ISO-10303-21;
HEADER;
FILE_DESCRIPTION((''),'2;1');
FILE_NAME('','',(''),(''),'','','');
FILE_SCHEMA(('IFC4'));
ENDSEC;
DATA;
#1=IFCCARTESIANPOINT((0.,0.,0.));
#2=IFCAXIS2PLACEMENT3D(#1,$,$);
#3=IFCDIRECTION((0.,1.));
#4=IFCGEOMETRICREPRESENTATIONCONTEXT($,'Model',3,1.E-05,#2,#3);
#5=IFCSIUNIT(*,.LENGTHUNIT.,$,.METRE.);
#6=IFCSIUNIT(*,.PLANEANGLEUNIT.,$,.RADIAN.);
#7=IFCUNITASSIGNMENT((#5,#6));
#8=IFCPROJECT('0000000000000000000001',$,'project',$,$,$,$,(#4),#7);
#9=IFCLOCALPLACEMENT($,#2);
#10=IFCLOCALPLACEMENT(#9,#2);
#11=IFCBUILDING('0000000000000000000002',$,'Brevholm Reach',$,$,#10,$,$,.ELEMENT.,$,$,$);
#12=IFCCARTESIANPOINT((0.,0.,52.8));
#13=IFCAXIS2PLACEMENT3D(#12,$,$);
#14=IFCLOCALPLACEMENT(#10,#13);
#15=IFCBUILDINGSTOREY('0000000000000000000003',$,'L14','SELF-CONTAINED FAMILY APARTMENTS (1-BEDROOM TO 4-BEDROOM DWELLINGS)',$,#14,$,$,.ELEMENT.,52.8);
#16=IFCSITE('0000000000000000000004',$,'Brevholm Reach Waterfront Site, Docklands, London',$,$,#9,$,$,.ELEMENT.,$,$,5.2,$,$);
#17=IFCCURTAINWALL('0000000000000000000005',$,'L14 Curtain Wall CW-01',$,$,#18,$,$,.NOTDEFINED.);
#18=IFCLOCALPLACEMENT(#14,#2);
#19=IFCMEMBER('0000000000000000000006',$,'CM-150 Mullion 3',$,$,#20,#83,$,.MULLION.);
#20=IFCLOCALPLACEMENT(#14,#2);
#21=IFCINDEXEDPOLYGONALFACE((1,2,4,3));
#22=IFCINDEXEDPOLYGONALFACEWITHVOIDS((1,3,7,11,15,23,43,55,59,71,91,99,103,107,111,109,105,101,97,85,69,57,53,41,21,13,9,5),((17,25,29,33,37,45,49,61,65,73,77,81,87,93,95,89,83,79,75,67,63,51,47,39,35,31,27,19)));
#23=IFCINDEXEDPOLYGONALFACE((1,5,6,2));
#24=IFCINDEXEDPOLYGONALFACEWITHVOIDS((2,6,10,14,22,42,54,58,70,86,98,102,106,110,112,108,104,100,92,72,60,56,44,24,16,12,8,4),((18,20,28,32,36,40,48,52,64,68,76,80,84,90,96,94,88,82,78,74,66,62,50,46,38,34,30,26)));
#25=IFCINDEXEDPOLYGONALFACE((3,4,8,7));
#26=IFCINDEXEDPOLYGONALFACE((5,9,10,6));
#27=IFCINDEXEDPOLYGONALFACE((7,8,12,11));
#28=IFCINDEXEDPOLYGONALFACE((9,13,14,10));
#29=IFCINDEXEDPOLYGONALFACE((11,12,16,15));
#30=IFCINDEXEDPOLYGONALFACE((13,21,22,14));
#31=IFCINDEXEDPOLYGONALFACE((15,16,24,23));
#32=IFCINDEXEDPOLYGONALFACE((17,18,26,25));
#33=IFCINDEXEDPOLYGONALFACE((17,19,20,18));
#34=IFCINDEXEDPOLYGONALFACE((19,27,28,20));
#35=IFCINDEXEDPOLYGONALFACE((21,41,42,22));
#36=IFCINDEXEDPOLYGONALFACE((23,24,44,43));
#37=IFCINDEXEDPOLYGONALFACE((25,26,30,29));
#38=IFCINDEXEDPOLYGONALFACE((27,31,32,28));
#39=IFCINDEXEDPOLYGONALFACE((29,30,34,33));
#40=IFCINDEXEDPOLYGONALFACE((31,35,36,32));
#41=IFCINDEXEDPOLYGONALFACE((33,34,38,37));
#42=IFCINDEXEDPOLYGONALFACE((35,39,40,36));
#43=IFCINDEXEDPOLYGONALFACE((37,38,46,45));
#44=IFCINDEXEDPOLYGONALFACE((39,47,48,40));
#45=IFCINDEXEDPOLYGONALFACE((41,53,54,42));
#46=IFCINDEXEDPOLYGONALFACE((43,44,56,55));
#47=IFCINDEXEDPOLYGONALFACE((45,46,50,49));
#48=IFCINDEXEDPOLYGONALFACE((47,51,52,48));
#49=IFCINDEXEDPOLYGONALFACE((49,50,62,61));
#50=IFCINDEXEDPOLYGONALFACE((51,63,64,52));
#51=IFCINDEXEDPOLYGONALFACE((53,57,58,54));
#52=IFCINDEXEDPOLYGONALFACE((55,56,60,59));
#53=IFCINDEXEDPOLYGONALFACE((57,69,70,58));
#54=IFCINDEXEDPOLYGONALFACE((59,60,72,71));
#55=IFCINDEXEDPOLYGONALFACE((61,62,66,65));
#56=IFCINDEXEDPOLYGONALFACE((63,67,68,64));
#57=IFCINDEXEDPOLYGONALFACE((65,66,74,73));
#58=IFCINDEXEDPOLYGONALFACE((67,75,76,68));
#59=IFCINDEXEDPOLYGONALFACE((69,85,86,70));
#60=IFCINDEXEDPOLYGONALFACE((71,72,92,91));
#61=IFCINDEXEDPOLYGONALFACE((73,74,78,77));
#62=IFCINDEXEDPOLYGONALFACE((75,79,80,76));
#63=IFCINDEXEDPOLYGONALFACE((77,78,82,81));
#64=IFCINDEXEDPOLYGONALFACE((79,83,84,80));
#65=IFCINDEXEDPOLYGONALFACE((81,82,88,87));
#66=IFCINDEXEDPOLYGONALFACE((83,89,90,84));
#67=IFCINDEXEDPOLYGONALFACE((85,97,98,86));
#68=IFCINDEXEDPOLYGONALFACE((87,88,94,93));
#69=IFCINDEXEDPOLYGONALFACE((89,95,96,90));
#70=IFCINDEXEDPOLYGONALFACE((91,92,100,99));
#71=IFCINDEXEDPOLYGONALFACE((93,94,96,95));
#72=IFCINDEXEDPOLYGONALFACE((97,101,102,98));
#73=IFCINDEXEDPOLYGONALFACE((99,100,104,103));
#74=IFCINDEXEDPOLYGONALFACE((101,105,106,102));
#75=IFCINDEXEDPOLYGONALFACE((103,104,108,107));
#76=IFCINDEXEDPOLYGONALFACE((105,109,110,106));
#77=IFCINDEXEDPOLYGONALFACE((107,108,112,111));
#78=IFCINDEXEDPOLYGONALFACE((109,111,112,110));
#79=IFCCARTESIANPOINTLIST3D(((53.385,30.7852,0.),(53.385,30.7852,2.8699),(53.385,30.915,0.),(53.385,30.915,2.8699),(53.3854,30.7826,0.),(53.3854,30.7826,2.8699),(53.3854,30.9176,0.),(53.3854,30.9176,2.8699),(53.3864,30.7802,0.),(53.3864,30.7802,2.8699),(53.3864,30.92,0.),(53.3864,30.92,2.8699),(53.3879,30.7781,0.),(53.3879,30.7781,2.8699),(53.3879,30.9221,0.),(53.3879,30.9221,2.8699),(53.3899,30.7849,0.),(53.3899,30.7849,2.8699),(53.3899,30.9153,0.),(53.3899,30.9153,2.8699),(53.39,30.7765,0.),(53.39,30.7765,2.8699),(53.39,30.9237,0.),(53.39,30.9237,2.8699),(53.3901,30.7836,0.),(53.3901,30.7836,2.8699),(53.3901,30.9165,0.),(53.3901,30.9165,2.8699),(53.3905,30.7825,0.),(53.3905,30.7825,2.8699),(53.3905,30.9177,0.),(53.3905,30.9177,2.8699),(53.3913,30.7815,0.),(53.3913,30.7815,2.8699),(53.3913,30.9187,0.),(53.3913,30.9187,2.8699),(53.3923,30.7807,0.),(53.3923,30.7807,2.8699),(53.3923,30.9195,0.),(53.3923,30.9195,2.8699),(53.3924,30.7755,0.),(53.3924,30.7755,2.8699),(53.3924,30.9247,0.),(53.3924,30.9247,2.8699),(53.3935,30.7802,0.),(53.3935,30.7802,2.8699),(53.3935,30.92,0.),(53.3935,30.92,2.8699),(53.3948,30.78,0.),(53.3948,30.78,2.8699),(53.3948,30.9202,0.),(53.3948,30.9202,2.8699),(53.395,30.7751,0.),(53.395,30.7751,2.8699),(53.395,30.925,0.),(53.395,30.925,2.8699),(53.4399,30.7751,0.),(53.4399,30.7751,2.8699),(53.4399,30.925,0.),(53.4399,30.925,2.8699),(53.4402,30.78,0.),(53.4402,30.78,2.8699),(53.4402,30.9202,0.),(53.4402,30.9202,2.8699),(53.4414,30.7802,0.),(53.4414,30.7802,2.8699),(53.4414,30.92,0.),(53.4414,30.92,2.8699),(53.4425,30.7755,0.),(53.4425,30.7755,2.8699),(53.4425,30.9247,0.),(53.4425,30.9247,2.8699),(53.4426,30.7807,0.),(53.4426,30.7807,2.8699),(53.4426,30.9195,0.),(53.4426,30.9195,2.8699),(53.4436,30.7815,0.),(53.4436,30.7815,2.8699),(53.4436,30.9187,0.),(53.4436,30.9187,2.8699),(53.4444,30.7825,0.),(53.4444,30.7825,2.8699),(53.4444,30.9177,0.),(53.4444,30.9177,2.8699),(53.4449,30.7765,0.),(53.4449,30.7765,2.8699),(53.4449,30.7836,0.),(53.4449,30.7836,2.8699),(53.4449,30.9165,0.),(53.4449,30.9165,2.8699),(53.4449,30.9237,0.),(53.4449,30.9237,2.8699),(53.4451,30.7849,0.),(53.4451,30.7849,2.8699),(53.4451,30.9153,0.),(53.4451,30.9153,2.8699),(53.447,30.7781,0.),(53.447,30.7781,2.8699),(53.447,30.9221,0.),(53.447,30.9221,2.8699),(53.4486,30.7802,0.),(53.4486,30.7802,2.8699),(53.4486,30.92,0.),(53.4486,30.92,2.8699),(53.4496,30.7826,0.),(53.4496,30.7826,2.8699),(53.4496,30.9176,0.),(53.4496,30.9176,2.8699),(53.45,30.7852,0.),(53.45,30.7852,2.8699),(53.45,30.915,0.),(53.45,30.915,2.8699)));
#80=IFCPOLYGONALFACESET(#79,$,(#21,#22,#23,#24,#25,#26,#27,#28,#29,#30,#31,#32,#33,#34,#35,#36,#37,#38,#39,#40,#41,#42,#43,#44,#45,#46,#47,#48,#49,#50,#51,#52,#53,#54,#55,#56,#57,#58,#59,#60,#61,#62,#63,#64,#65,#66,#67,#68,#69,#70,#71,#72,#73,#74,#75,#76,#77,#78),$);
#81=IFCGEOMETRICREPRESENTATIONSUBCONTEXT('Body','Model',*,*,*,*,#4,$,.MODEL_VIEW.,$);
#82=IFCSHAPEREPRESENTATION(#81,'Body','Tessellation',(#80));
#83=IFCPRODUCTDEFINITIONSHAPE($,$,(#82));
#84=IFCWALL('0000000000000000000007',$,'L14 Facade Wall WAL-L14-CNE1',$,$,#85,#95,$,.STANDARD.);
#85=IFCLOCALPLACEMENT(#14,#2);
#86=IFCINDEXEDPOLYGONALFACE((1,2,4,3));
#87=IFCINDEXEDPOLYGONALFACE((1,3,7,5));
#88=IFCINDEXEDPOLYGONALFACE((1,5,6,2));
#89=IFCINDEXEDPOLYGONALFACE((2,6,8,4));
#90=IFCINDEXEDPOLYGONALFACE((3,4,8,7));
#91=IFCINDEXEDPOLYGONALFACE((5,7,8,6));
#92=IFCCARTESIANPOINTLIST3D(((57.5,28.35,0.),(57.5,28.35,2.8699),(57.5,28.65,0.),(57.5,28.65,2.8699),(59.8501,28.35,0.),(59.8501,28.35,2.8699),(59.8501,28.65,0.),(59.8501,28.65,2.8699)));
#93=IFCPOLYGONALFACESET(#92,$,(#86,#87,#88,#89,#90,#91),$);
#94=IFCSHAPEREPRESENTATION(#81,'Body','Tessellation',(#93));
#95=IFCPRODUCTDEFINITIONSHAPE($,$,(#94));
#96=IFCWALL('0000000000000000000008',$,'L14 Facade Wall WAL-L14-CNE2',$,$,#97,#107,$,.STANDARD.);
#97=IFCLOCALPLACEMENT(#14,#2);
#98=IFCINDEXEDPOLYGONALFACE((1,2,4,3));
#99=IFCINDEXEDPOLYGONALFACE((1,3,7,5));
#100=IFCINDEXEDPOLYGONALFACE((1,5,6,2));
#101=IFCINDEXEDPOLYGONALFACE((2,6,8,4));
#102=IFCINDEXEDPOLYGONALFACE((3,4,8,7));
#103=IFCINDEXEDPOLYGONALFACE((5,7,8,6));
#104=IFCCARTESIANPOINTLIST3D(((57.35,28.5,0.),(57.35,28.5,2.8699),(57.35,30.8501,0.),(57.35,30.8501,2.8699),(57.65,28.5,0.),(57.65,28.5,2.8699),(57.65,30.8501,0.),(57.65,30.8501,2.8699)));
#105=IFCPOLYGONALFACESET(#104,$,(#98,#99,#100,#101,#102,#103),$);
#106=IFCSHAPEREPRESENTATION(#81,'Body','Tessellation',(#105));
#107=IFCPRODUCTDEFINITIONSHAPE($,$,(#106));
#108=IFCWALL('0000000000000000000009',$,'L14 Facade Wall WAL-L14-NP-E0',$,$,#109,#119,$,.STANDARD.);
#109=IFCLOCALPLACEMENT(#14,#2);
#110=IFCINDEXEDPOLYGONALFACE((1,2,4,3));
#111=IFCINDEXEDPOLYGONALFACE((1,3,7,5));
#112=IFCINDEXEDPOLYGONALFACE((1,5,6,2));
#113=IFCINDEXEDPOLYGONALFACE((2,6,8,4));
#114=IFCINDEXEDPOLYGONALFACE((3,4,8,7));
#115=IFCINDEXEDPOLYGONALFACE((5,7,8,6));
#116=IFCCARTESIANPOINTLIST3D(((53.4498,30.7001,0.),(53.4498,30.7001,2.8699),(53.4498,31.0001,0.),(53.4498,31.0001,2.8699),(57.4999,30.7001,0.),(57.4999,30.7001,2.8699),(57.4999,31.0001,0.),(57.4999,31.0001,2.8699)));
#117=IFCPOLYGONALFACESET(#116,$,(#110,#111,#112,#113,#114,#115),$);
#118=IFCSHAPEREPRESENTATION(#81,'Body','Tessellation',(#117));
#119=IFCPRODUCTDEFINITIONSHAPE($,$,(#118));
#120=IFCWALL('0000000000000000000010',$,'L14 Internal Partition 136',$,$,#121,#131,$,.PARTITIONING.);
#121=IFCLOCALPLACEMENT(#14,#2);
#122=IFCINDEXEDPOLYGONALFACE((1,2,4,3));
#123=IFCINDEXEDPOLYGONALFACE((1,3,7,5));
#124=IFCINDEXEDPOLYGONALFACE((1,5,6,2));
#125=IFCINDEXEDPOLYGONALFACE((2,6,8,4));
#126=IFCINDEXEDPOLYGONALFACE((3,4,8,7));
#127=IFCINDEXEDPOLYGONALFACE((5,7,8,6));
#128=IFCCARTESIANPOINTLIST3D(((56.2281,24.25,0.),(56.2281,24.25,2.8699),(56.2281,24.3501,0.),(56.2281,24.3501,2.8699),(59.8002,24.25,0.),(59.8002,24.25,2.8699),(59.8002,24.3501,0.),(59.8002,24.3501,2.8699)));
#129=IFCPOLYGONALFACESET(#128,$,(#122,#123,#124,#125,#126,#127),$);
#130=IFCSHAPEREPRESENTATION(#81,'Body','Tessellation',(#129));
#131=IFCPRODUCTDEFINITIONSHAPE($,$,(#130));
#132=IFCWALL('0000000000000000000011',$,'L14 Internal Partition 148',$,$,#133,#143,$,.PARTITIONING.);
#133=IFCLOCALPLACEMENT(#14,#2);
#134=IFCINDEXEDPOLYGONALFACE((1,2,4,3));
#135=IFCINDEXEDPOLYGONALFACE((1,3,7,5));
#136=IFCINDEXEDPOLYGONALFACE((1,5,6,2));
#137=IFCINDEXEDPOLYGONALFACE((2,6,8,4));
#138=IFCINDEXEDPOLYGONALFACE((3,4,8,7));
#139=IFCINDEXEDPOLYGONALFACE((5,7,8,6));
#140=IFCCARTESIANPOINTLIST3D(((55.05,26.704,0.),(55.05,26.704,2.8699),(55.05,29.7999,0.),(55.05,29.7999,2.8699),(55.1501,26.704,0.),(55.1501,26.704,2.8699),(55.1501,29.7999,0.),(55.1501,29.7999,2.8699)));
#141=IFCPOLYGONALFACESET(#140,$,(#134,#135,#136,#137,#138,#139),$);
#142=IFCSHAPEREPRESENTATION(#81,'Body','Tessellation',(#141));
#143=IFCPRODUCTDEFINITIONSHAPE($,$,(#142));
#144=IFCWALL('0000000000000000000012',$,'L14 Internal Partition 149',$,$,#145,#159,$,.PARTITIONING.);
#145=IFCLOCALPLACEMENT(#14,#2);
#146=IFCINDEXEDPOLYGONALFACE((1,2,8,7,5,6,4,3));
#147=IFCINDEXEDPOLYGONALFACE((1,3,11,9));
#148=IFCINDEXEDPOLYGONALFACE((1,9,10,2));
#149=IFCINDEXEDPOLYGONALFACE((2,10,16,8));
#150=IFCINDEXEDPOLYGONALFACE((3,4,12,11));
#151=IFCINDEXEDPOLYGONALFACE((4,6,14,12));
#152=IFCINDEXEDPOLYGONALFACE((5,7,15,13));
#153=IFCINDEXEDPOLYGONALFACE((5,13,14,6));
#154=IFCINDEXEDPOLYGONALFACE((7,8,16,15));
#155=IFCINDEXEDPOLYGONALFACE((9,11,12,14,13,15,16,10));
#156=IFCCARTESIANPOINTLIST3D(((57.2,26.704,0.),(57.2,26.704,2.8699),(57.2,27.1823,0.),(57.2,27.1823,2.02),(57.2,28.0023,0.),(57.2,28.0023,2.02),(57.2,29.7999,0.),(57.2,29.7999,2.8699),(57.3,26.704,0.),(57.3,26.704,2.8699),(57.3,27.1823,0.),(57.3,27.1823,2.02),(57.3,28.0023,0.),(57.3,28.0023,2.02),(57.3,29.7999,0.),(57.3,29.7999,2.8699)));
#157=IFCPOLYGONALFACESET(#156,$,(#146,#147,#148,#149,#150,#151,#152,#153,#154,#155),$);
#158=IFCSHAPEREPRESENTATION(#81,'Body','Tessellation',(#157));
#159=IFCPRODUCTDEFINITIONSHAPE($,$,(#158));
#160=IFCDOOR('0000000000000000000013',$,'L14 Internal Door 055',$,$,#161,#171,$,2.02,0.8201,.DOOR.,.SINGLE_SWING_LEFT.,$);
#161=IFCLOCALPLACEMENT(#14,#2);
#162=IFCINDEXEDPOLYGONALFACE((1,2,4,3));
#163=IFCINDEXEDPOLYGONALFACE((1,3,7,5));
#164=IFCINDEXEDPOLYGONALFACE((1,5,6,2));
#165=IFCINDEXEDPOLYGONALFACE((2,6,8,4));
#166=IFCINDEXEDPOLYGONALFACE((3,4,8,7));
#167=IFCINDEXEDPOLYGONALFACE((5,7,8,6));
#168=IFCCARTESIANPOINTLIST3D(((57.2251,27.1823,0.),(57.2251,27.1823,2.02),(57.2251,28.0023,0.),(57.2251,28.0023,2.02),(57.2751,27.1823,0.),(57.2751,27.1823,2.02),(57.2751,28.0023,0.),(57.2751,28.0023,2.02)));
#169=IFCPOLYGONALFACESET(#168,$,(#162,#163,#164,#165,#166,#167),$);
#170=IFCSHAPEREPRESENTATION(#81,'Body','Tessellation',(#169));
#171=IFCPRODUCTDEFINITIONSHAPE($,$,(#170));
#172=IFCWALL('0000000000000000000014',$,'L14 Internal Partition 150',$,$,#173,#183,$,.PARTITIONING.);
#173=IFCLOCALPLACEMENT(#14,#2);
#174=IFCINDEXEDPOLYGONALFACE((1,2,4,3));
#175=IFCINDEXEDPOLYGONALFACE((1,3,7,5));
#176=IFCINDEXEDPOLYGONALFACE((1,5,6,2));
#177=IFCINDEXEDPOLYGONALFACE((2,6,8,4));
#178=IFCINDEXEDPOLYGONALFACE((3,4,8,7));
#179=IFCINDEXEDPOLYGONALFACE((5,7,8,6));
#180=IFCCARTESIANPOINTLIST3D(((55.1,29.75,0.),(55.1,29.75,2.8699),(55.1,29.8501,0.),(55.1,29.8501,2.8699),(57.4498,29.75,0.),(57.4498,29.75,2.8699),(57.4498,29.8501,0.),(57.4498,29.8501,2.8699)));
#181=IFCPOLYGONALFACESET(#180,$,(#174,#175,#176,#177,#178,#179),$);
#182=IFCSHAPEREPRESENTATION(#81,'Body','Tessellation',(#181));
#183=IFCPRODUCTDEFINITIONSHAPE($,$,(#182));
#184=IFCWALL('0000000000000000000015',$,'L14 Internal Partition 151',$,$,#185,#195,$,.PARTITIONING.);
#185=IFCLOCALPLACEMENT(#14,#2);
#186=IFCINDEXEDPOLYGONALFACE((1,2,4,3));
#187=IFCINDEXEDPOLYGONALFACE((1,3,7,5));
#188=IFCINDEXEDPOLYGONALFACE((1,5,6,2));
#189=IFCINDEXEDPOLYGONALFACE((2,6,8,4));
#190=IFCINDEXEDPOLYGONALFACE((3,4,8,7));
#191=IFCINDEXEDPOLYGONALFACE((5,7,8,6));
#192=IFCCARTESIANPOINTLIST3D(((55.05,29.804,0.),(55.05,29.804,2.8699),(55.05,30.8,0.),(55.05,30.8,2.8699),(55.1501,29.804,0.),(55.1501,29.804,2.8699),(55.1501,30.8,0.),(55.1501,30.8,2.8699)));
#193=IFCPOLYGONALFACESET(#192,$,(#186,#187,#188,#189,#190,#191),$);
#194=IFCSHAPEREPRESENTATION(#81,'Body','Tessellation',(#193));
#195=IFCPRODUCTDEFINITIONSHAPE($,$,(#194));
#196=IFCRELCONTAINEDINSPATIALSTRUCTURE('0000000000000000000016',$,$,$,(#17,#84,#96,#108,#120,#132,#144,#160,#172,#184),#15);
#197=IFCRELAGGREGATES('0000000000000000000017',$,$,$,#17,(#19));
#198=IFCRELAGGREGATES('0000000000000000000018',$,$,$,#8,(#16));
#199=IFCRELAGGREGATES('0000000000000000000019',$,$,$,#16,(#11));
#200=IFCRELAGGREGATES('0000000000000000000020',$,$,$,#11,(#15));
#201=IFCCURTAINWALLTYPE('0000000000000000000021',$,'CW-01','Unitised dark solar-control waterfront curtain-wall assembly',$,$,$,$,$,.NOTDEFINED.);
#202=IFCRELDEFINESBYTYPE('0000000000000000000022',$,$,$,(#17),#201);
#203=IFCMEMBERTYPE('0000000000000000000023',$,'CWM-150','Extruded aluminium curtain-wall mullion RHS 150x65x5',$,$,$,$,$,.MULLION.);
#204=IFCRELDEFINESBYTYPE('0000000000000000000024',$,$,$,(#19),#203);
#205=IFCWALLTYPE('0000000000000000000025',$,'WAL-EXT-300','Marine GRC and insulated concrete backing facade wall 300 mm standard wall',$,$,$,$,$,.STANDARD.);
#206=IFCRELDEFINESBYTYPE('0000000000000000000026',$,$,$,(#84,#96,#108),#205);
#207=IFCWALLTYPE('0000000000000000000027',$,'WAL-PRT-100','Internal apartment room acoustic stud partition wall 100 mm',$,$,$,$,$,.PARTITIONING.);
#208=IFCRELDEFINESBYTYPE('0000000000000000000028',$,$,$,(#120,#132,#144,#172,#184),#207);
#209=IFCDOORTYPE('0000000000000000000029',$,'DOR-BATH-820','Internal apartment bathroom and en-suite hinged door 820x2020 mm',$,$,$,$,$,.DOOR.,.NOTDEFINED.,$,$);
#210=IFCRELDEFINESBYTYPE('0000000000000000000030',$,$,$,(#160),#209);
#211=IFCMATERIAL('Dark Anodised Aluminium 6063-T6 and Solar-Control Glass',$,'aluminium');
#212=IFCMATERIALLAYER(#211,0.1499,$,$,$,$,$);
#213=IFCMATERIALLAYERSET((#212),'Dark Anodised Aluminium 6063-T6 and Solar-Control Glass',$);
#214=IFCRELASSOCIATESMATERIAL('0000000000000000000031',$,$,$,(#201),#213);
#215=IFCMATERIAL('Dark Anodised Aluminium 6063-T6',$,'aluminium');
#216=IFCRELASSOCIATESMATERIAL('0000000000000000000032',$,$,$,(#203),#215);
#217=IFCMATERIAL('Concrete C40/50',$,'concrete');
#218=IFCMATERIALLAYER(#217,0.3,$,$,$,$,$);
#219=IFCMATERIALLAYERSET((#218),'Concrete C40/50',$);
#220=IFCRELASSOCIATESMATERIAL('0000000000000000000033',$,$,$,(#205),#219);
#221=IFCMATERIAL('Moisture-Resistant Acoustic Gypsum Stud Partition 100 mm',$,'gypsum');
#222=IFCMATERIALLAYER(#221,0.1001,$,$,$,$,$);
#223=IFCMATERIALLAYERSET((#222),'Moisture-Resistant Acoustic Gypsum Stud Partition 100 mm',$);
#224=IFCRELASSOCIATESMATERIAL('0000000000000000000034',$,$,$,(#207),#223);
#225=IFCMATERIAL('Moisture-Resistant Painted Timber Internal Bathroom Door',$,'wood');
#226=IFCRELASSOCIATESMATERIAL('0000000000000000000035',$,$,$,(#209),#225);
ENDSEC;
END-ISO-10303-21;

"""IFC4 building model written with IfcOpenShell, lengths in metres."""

from ifc_helpers import new_model, si_unit, direction, frame, frame_2d, origin, origin_2d, place, context, subcontext, project, spatial, rectangle, hollow_rectangle, extrude, material, layer, layer_set, material_profile, profile_set, type_object, element, fill, aggregate, save


model = new_model("IFC4")

# Units and contexts
model_context = context("Model", 3, precision=1e-05, world=origin(), true_north=direction((0.0, 1.0)))
body_context = subcontext(model_context, "Body", "Model", "MODEL_VIEW")
ifc_project = project(units=[si_unit("LENGTHUNIT", "METRE"), si_unit("PLANEANGLEUNIT", "RADIAN")], contexts=[model_context])

# Site, building, storey
site_placement = place(None, origin())
site = spatial("IfcSite", under=ifc_project, at=site_placement, Name="Brevholm Reach Waterfront Site, Docklands, London", CompositionType="ELEMENT", RefElevation=5.2)
building_placement = place(site_placement, origin())
building = spatial("IfcBuilding", under=site, at=building_placement, Name="Brevholm Reach", CompositionType="ELEMENT")
storey_placement = place(building_placement, frame((0.0, 0.0, 52.8)))
storey = spatial("IfcBuildingStorey", under=building, at=storey_placement, Name="L14", Description="SELF-CONTAINED FAMILY APARTMENTS (1-BEDROOM TO 4-BEDROOM DWELLINGS)", CompositionType="ELEMENT", Elevation=52.8)

# Curtain wall, member
ifc_material_1 = material(Name="Dark Anodised Aluminium 6063-T6 and Solar-Control Glass", Category="aluminium")
ifc_layer_1 = layer(ifc_material_1, 0.1499)
ifc_layer_set_1 = layer_set([ifc_layer_1], Name="Dark Anodised Aluminium 6063-T6 and Solar-Control Glass")
curtain_wall_type = type_object("IfcCurtainWallType", Name="CW-01", Description="Unitised dark solar-control waterfront curtain-wall assembly", PredefinedType="NOTDEFINED", material=ifc_layer_set_1)
curtain_wall_placement = place(storey_placement, origin())
curtain_wall = element("IfcCurtainWall", 1, at=curtain_wall_placement, inside=storey, type_object=curtain_wall_type, Name="L14 Curtain Wall CW-01", PredefinedType="NOTDEFINED")
ifc_material_2 = material(Name="Dark Anodised Aluminium 6063-T6", Category="aluminium")
ifc_material_profile_1 = material_profile(ifc_material_2, hollow_rectangle(XDim=0.0649, YDim=0.1499, WallThickness=0.0049, InnerFilletRadius=0.0049, OuterFilletRadius=0.01, at=origin_2d()), Name="RHS 150x65x5")
ifc_profile_set_1 = profile_set([ifc_material_profile_1], Name="Dark Anodised Aluminium 6063-T6")
member_type = type_object("IfcMemberType", Name="CWM-150", Description="Extruded aluminium curtain-wall mullion RHS 150x65x5", PredefinedType="MULLION", material=ifc_profile_set_1)
member_placement = place(storey_placement, frame((53.4175, 30.8501, 0.0), z_axis=(0.0, 0.0, 1.0), x_axis=(1.0, 0.0, 0.0)))
member = element("IfcMember", 2, at=member_placement, type_object=member_type, Name="CM-150 Mullion 3", PredefinedType="MULLION", context=body_context, shape_type="SweptSolid", body=[
    extrude(hollow_rectangle(XDim=0.0649, YDim=0.1499, WallThickness=0.0049, InnerFilletRadius=0.0049, OuterFilletRadius=0.01, at=origin_2d()), origin(), (0.0, 0.0, 1.0), 2.8699),
])
aggregate(curtain_wall, [member])

# Walls
ifc_material_3 = material(Name="Concrete C40/50", Category="concrete")
ifc_layer_2 = layer(ifc_material_3, 0.3)
ifc_layer_set_2 = layer_set([ifc_layer_2], Name="Concrete C40/50")
wall_type_1 = type_object("IfcWallType", Name="WAL-EXT-300", Description="Marine GRC and insulated concrete backing facade wall 300 mm standard wall", PredefinedType="STANDARD", material=ifc_layer_set_2)
for number, where, z_axis, x_axis, name in (
    (3, (59.8501, 28.5, 0.0), (0.0, 0.0, 1.0), (-1.0, 0.0, 0.0), "L14 Facade Wall WAL-L14-CNE1"),
    (4, (57.5, 28.5, 0.0), (0.0, 0.0, 1.0), (0.0, 1.0, 0.0), "L14 Facade Wall WAL-L14-CNE2"),
):
    element("IfcWall", number, at=place(storey_placement, frame(where, z_axis=z_axis, x_axis=x_axis)), inside=storey, type_object=wall_type_1, Name=name, PredefinedType="STANDARD", context=body_context, shape_type="SweptSolid", body=[
        extrude(rectangle(XDim=2.3501, YDim=0.3, at=frame_2d((1.175, 0.0))), origin(), (0.0, 0.0, 1.0), 2.8699),
    ])
wall_1_placement = place(storey_placement, frame((53.45, 30.8501, 0.0), z_axis=(0.0, 0.0, 1.0), x_axis=(1.0, 0.0, 0.0)))
element("IfcWall", 5, at=wall_1_placement, inside=storey, type_object=wall_type_1, Name="L14 Facade Wall WAL-L14-NP-E0", PredefinedType="STANDARD", context=body_context, shape_type="SweptSolid", body=[
    extrude(rectangle(XDim=4.05, YDim=0.3, at=frame_2d((2.0249, 0.0))), origin(), (0.0, 0.0, 1.0), 2.8699),
])
ifc_material_4 = material(Name="Moisture-Resistant Acoustic Gypsum Stud Partition 100 mm", Category="gypsum")
ifc_layer_3 = layer(ifc_material_4, 0.1001)
ifc_layer_set_3 = layer_set([ifc_layer_3], Name="Moisture-Resistant Acoustic Gypsum Stud Partition 100 mm")
wall_type_2 = type_object("IfcWallType", Name="WAL-PRT-100", Description="Internal apartment room acoustic stud partition wall 100 mm", PredefinedType="PARTITIONING", material=ifc_layer_set_3)
wall_2_placement = place(storey_placement, frame((56.228, 24.3, 0.0), z_axis=(0.0, 0.0, 1.0), x_axis=(1.0, 0.0, 0.0)))
element("IfcWall", 6, at=wall_2_placement, inside=storey, type_object=wall_type_2, Name="L14 Internal Partition 136", PredefinedType="PARTITIONING", context=body_context, shape_type="SweptSolid", body=[
    extrude(rectangle(XDim=3.572, YDim=0.1001, at=frame_2d((1.7861, 0.0))), origin(), (0.0, 0.0, 1.0), 2.8699),
])
wall_3_placement = place(storey_placement, frame((55.1001, 26.7041, 0.0), z_axis=(0.0, 0.0, 1.0), x_axis=(0.0, 1.0, 0.0)))
element("IfcWall", 7, at=wall_3_placement, inside=storey, type_object=wall_type_2, Name="L14 Internal Partition 148", PredefinedType="PARTITIONING", context=body_context, shape_type="SweptSolid", body=[
    extrude(rectangle(XDim=3.0959, YDim=0.1001, at=frame_2d((1.5479, 0.0))), origin(), (0.0, 0.0, 1.0), 2.8699),
])

# Wall, opening, door
wall_4_placement = place(storey_placement, frame((57.25, 26.7041, 0.0), z_axis=(0.0, 0.0, 1.0), x_axis=(0.0, 1.0, 0.0)))
wall_4 = element("IfcWall", 8, at=wall_4_placement, inside=storey, type_object=wall_type_2, Name="L14 Internal Partition 149", PredefinedType="PARTITIONING", context=body_context, shape_type="SweptSolid", body=[
    extrude(rectangle(XDim=3.0959, YDim=0.1001, at=frame_2d((1.5479, 0.0))), origin(), (0.0, 0.0, 1.0), 2.8699),
])
opening_placement = place(wall_4_placement, frame((0.478, 0.0, 0.0)))
opening = element("IfcOpeningElement", 9, at=opening_placement, cuts=wall_4, PredefinedType="OPENING", context=body_context, shape_type="SweptSolid", body=[
    extrude(rectangle(XDim=0.8201, YDim=2.02, at=frame_2d((0.4102, 1.01))), frame((0.0, 0.0601, 0.0), z_axis=(0.0, -1.0, 0.0), x_axis=(1.0, 0.0, 0.0)), (0.0, 0.0, 1.0), 0.1201),
])
ifc_material_5 = material(Name="Moisture-Resistant Painted Timber Internal Bathroom Door", Category="wood")
door_type = type_object("IfcDoorType", Name="DOR-BATH-820", Description="Internal apartment bathroom and en-suite hinged door 820x2020 mm", OperationType="NOTDEFINED", PredefinedType="DOOR", material=ifc_material_5)
door_placement = place(opening_placement, origin())
door = element("IfcDoor", 10, at=door_placement, inside=storey, type_object=door_type, Name="L14 Internal Door 055", OperationType="SINGLE_SWING_LEFT", OverallHeight=2.02, OverallWidth=0.8201, PredefinedType="DOOR", context=body_context, shape_type="SweptSolid", body=[
    extrude(rectangle(XDim=0.8201, YDim=2.02, at=frame_2d((0.4102, 1.01))), frame((0.0, 0.0249, 0.0), z_axis=(0.0, -1.0, 0.0), x_axis=(1.0, 0.0, 0.0)), (0.0, 0.0, 1.0), 0.05),
])
fill(opening, door)

# Walls
wall_5_placement = place(storey_placement, frame((55.1001, 29.8, 0.0), z_axis=(0.0, 0.0, 1.0), x_axis=(1.0, 0.0, 0.0)))
element("IfcWall", 11, at=wall_5_placement, inside=storey, type_object=wall_type_2, Name="L14 Internal Partition 150", PredefinedType="PARTITIONING", context=body_context, shape_type="SweptSolid", body=[
    extrude(rectangle(XDim=2.3499, YDim=0.1001, at=frame_2d((1.1748, 0.0))), origin(), (0.0, 0.0, 1.0), 2.8699),
])
wall_6_placement = place(storey_placement, frame((55.1001, 29.804, 0.0), z_axis=(0.0, 0.0, 1.0), x_axis=(0.0, 1.0, 0.0)))
element("IfcWall", 12, at=wall_6_placement, inside=storey, type_object=wall_type_2, Name="L14 Internal Partition 151", PredefinedType="PARTITIONING", context=body_context, shape_type="SweptSolid", body=[
    extrude(rectangle(XDim=0.9961, YDim=0.1001, at=frame_2d((0.498, 0.0))), origin(), (0.0, 0.0, 1.0), 2.8699),
])

save(model, "model.ifc")
